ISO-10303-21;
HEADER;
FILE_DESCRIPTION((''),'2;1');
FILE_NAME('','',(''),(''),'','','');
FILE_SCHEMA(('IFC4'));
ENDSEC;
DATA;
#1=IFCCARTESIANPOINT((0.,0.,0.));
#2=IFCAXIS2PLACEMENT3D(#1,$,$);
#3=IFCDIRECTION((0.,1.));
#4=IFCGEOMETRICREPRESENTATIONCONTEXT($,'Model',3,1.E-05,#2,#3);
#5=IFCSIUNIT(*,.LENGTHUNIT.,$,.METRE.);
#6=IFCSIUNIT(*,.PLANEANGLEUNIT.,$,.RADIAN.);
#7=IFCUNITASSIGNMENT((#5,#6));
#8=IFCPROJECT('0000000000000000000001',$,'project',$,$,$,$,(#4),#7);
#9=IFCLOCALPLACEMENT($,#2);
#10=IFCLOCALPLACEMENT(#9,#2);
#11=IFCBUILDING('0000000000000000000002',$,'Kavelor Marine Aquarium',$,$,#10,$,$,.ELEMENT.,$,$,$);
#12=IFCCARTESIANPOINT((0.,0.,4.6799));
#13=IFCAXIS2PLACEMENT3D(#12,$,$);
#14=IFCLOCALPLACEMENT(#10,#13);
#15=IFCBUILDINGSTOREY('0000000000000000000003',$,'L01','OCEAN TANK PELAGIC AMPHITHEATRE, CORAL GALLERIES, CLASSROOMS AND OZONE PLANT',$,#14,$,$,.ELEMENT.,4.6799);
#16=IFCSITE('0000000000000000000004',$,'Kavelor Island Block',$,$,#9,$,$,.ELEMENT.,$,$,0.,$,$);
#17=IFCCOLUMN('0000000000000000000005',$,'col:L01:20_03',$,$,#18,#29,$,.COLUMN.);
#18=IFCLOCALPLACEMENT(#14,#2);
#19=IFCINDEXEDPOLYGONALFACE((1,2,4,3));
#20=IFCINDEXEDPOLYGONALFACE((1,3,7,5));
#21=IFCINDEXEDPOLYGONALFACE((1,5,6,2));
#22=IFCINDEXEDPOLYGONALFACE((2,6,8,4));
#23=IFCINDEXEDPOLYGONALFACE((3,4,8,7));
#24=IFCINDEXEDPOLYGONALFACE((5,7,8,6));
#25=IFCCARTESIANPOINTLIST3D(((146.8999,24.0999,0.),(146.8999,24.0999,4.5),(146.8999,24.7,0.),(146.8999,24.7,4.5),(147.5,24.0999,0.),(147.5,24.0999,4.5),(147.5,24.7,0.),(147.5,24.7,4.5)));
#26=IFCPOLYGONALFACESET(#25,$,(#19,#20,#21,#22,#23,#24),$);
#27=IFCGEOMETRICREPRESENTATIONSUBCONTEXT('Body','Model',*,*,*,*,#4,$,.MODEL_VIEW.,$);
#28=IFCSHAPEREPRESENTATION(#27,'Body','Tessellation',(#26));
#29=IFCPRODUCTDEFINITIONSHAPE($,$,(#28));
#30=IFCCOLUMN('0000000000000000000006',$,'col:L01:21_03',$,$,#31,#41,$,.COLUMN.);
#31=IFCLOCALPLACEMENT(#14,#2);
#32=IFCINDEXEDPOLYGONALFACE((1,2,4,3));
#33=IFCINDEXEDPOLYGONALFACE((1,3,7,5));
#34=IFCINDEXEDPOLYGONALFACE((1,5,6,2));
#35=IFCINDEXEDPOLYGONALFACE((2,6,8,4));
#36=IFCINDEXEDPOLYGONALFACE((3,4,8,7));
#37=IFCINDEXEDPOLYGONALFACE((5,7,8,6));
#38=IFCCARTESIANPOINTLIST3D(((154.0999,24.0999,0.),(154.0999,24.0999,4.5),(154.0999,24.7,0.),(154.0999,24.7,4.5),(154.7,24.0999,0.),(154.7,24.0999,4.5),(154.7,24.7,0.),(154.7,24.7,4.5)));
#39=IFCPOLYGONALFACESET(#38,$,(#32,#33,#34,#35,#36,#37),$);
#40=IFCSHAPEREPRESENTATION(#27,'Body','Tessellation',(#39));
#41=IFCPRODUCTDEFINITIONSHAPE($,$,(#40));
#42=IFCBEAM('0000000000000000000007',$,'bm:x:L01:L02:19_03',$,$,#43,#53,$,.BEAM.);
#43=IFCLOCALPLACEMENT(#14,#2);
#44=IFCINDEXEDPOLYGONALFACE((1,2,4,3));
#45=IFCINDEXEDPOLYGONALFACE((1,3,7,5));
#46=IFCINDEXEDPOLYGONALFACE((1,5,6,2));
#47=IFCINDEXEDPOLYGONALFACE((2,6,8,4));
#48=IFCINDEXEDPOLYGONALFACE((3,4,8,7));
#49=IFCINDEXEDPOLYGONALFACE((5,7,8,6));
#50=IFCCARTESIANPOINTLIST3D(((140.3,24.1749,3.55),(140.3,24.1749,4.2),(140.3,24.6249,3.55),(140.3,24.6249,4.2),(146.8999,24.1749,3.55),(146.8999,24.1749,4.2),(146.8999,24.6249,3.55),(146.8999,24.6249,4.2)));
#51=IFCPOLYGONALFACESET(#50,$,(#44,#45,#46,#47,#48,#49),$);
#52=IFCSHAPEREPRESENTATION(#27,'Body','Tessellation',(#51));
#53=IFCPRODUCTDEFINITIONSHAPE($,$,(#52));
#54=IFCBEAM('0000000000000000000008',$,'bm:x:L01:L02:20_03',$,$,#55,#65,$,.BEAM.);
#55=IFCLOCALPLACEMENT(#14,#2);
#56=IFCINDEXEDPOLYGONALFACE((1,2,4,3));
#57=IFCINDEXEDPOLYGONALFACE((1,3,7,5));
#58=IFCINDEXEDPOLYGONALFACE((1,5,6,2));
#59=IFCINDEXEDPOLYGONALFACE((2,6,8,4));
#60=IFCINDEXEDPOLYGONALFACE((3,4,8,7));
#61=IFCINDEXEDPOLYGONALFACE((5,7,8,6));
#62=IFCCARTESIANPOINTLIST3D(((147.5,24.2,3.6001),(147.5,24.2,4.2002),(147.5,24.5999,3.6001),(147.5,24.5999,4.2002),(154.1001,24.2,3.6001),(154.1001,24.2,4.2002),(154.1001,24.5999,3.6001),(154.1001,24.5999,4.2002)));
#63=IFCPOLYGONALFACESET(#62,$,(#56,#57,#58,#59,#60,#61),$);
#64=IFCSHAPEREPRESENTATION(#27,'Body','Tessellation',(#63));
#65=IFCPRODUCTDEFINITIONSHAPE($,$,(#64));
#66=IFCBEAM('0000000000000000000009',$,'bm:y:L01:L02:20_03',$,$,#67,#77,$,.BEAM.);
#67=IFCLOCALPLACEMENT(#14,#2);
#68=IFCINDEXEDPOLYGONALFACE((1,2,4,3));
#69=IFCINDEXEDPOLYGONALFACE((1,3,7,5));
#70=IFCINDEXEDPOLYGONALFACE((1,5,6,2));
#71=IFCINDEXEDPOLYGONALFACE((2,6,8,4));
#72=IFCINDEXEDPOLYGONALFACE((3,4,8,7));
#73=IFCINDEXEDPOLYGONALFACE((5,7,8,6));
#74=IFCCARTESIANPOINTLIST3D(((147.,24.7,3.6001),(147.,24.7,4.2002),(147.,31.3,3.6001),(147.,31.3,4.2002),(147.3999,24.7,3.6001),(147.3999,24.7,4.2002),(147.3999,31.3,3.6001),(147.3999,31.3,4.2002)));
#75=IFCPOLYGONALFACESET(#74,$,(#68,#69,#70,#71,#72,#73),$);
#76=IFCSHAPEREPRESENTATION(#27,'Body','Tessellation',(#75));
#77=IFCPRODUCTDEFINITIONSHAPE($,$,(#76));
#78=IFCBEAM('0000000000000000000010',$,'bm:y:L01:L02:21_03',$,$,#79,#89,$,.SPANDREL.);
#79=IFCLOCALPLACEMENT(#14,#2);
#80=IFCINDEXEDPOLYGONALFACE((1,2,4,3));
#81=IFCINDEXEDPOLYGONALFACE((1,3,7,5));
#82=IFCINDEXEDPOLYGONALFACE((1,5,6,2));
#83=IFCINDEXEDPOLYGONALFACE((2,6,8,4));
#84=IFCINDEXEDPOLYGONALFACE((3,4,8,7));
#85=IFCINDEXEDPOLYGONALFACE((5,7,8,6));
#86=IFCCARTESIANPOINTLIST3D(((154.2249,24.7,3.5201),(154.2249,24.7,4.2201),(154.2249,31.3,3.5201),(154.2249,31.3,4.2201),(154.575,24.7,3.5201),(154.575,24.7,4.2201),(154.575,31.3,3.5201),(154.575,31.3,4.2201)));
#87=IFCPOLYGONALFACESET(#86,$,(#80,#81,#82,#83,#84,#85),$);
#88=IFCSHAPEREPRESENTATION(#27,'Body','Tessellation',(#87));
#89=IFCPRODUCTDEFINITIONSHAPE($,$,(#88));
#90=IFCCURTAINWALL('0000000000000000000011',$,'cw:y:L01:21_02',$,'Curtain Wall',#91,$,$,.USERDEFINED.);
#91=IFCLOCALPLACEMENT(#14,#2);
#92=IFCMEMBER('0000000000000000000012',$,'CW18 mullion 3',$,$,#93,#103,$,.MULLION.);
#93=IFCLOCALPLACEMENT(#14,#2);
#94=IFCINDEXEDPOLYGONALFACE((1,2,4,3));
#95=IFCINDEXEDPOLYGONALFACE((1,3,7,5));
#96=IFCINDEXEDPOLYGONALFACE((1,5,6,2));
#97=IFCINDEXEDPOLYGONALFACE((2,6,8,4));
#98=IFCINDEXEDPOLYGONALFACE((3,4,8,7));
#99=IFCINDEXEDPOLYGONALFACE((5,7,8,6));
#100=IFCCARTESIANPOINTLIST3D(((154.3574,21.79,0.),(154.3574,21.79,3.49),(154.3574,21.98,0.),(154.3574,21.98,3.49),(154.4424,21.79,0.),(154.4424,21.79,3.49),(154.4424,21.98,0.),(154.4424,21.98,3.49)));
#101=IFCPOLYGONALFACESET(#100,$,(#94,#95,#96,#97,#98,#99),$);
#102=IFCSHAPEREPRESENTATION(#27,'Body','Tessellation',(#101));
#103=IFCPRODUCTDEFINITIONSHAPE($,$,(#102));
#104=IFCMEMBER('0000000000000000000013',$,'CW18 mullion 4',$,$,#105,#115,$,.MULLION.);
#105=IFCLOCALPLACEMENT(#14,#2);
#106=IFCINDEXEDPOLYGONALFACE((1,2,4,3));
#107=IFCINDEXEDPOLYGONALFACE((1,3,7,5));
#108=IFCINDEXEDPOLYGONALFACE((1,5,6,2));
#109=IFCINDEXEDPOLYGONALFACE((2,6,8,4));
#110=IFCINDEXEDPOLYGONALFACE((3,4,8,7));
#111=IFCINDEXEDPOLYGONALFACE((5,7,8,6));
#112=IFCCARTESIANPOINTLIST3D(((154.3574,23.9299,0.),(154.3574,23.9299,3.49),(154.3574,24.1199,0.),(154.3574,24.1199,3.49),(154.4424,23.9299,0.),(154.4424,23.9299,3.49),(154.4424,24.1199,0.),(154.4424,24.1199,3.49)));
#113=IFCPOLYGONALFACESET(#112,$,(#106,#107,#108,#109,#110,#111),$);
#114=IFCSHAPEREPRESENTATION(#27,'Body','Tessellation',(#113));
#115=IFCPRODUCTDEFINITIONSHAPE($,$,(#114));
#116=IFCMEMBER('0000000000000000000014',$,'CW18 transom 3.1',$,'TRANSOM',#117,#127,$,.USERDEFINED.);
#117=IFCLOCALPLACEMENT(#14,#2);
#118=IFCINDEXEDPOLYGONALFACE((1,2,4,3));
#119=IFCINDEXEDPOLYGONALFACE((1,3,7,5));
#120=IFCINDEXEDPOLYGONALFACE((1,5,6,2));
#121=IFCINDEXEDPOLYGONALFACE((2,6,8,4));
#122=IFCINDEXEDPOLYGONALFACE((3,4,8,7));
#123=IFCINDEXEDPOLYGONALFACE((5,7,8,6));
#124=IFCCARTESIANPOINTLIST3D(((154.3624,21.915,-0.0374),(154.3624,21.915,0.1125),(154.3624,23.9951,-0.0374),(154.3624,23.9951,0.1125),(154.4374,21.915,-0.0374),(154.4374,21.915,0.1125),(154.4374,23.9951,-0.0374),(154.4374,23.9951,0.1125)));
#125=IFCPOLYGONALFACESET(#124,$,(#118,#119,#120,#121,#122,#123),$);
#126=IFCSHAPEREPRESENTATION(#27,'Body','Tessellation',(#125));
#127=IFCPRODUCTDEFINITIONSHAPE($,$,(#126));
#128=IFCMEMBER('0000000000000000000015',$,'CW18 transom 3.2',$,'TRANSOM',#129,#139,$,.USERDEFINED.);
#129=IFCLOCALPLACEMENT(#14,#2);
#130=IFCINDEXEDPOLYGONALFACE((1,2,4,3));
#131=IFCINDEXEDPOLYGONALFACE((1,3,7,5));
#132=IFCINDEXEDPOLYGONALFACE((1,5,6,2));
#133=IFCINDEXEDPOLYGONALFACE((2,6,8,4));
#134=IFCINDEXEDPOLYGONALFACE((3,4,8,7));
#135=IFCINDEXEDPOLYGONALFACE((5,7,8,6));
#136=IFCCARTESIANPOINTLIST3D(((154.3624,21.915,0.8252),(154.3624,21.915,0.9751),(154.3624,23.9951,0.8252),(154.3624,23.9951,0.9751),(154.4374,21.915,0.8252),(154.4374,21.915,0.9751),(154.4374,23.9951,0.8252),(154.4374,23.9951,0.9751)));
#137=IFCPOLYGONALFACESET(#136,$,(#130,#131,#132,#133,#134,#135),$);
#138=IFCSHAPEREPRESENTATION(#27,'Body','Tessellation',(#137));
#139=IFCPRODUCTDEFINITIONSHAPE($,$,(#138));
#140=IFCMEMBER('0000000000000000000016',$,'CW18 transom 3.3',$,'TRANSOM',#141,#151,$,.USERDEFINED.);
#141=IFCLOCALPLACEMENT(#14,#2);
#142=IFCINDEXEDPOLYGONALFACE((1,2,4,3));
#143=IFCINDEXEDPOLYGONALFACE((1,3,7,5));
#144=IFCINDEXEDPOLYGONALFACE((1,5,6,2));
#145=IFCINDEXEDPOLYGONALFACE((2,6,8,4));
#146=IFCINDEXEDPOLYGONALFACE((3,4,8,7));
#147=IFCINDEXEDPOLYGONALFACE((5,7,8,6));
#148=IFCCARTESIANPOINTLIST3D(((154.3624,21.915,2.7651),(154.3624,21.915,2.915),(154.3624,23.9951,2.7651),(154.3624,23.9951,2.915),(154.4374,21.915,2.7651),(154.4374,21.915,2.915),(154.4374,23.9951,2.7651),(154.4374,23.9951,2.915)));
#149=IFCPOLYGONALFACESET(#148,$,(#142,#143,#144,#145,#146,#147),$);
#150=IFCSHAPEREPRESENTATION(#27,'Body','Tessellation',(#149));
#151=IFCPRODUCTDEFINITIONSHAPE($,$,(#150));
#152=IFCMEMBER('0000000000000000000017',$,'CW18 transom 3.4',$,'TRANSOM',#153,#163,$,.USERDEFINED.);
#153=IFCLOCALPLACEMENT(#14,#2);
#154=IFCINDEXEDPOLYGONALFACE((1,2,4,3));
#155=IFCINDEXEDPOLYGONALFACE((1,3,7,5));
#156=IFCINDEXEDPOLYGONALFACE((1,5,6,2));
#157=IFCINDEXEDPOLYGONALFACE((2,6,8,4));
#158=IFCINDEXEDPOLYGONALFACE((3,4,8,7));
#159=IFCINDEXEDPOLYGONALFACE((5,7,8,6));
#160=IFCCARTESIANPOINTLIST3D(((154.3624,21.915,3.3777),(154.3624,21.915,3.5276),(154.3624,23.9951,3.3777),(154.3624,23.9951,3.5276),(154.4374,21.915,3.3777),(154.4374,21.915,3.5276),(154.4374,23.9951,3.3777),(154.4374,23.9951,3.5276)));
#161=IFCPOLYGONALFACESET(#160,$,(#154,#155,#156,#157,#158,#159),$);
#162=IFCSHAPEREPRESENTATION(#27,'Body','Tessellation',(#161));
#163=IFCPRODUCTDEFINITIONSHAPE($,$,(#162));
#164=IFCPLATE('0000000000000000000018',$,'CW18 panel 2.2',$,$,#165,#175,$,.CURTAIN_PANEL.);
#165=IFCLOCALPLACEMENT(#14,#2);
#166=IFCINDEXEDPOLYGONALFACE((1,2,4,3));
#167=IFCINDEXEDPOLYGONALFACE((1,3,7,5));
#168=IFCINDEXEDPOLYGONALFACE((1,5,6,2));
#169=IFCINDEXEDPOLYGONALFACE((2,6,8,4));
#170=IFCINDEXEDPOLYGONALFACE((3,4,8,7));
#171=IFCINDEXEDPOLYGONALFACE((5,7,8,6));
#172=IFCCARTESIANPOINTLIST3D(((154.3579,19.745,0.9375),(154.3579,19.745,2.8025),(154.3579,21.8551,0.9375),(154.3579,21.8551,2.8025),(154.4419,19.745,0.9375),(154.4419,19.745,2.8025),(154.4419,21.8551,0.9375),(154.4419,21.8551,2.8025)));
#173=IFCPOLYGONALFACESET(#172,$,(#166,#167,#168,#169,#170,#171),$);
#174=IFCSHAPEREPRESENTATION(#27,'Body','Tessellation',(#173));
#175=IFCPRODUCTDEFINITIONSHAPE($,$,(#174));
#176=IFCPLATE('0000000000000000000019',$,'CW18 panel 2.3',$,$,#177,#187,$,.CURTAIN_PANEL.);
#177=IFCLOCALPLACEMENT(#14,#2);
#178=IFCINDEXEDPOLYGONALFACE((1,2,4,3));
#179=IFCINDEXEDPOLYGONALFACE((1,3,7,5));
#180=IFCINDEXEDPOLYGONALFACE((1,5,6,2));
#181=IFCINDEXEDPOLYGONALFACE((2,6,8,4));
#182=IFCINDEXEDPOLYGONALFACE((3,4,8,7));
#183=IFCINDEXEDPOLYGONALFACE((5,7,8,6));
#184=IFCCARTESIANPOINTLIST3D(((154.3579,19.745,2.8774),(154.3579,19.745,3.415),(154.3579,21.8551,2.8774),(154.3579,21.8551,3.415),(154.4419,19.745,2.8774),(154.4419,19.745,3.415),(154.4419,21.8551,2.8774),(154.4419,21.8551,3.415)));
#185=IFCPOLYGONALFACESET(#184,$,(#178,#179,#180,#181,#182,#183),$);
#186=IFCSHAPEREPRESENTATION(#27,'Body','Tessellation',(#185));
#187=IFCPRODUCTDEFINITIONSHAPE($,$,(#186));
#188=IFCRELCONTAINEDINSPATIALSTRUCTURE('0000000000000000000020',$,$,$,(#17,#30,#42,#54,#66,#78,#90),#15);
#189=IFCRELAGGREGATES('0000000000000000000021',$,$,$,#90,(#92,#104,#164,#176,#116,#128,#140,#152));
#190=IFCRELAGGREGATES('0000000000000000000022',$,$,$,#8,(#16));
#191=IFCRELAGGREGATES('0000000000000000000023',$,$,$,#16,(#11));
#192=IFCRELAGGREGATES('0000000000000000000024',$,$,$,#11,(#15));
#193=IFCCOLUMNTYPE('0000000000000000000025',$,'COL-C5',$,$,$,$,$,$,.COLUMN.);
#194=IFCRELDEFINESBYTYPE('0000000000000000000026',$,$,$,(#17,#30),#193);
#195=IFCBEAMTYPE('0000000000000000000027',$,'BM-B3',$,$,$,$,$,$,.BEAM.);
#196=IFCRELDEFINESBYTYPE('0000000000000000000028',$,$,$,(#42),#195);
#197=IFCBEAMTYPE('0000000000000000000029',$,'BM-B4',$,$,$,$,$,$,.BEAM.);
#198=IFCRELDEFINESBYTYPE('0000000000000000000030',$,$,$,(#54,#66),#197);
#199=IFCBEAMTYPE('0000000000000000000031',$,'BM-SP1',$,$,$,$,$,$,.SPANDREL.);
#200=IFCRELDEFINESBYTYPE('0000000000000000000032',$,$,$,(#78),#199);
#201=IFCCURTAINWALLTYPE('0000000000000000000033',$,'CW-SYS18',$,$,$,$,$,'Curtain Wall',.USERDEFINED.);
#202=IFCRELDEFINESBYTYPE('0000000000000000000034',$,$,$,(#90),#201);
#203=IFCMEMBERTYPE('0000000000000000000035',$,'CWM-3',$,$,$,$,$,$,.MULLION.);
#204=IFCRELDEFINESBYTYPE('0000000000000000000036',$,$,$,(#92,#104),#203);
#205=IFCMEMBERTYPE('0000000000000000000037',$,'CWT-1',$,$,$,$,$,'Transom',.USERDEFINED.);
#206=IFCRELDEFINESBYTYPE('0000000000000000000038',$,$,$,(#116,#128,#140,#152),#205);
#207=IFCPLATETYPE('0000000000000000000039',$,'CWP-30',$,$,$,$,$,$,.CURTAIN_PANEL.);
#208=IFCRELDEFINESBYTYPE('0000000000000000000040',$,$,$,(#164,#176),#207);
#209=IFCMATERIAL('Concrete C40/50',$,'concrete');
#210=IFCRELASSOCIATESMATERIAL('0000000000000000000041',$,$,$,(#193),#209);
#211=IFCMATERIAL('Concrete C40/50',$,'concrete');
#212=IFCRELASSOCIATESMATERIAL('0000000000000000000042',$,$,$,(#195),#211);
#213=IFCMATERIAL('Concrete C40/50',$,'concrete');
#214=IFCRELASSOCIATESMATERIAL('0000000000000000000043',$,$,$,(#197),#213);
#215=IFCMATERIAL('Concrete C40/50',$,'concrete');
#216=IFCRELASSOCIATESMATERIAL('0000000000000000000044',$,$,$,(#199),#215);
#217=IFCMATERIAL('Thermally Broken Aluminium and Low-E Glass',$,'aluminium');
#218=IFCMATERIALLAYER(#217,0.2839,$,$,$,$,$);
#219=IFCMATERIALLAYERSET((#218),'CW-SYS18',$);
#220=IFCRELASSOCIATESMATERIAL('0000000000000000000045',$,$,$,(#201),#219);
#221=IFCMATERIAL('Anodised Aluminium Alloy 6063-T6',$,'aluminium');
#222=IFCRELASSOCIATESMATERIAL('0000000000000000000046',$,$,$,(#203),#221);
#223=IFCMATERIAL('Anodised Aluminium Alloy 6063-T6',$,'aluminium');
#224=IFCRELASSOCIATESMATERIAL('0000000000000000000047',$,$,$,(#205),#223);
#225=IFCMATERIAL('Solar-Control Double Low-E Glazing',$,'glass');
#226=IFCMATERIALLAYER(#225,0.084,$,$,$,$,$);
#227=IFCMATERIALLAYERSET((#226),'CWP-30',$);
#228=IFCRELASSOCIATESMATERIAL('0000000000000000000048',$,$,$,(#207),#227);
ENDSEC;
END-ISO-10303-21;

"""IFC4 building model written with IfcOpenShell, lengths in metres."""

from ifc_helpers import new_model, si_unit, direction, frame, origin, origin_2d, place, context, subcontext, project, spatial, rectangle, extrude, material, layer, layer_set, material_profile, profile_set, type_object, element, aggregate, save


model = new_model("IFC4")

# Units and contexts
model_context = context("Model", 3, precision=1e-05, world=origin(), true_north=direction((0.0, 1.0)))
body_context = subcontext(model_context, "Body", "Model", "MODEL_VIEW")
ifc_project = project(units=[si_unit("LENGTHUNIT", "METRE"), si_unit("PLANEANGLEUNIT", "RADIAN")], contexts=[model_context])

# Site, building, storey
site_placement = place(None, origin())
site = spatial("IfcSite", under=ifc_project, at=site_placement, Name="Kavelor Island Block", CompositionType="ELEMENT", RefElevation=0.0)
building_placement = place(site_placement, origin())
building = spatial("IfcBuilding", under=site, at=building_placement, Name="Kavelor Marine Aquarium", CompositionType="ELEMENT")
storey_placement = place(building_placement, frame((0.0, 0.0, 4.6799)))
storey = spatial("IfcBuildingStorey", under=building, at=storey_placement, Name="L01", Description="OCEAN TANK PELAGIC AMPHITHEATRE, CORAL GALLERIES, CLASSROOMS AND OZONE PLANT", CompositionType="ELEMENT", Elevation=4.6799)

# Columns
ifc_material_1 = material(Name="Concrete C40/50", Category="concrete")
ifc_material_profile_1 = material_profile(ifc_material_1, rectangle(XDim=0.6001, YDim=0.6001, at=origin_2d()), Name="RC-COL 600x600")
ifc_profile_set_1 = profile_set([ifc_material_profile_1], Name="Concrete C40/50")
column_type = type_object("IfcColumnType", Name="COL-C5", PredefinedType="COLUMN", material=ifc_profile_set_1)
for number, where, z_axis, x_axis, name in (
    (1, (147.2, 24.3999, 0.0), (0.0, 0.0, 1.0), (1.0, 0.0, 0.0), "col:L01:20_03"),
    (2, (154.3999, 24.3999, 0.0), (0.0, 0.0, 1.0), (1.0, 0.0, 0.0), "col:L01:21_03"),
):
    element("IfcColumn", number, at=place(storey_placement, frame(where, z_axis=z_axis, x_axis=x_axis)), inside=storey, type_object=column_type, Name=name, PredefinedType="COLUMN", context=body_context, shape_type="SweptSolid", body=[
        extrude(rectangle(XDim=0.6001, YDim=0.6001, at=origin_2d()), origin(), (0.0, 0.0, 1.0), 4.5),
    ])

# Beams
ifc_material_2 = material(Name="Concrete C40/50", Category="concrete")
ifc_material_profile_2 = material_profile(ifc_material_2, rectangle(XDim=0.45, YDim=0.6499, at=origin_2d()), Name="RC-BM 450x650")
ifc_profile_set_2 = profile_set([ifc_material_profile_2], Name="Concrete C40/50")
beam_type_1 = type_object("IfcBeamType", Name="BM-B3", PredefinedType="BEAM", material=ifc_profile_set_2)
beam_1_placement = place(storey_placement, frame((140.3, 24.3999, 3.875), z_axis=(1.0, 0.0, 0.0), x_axis=(0.0, 1.0, 0.0)))
element("IfcBeam", 3, at=beam_1_placement, inside=storey, type_object=beam_type_1, Name="bm:x:L01:L02:19_03", PredefinedType="BEAM", context=body_context, shape_type="SweptSolid", body=[
    extrude(rectangle(XDim=0.45, YDim=0.6499, at=origin_2d()), origin(), (0.0, 0.0, 1.0), 6.5999),
])
ifc_material_3 = material(Name="Concrete C40/50", Category="concrete")
ifc_material_profile_3 = material_profile(ifc_material_3, rectangle(XDim=0.3999, YDim=0.6001, at=origin_2d()), Name="RC-BM 400x600")
ifc_profile_set_3 = profile_set([ifc_material_profile_3], Name="Concrete C40/50")
beam_type_2 = type_object("IfcBeamType", Name="BM-B4", PredefinedType="BEAM", material=ifc_profile_set_3)
for number, where, z_axis, x_axis, name in (
    (4, (147.5, 24.3999, 3.9001), (1.0, 0.0, 0.0), (0.0, 1.0, 0.0), "bm:x:L01:L02:20_03"),
    (5, (147.2, 24.7, 3.9001), (0.0, 1.0, 0.0), (-1.0, 0.0, 0.0), "bm:y:L01:L02:20_03"),
):
    element("IfcBeam", number, at=place(storey_placement, frame(where, z_axis=z_axis, x_axis=x_axis)), inside=storey, type_object=beam_type_2, Name=name, PredefinedType="BEAM", context=body_context, shape_type="SweptSolid", body=[
        extrude(rectangle(XDim=0.3999, YDim=0.6001, at=origin_2d()), origin(), (0.0, 0.0, 1.0), 6.6001),
    ])
ifc_material_4 = material(Name="Concrete C40/50", Category="concrete")
ifc_material_profile_4 = material_profile(ifc_material_4, rectangle(XDim=0.3501, YDim=0.7, at=origin_2d()), Name="RC-SP 350x700")
ifc_profile_set_4 = profile_set([ifc_material_profile_4], Name="Concrete C40/50")
beam_type_3 = type_object("IfcBeamType", Name="BM-SP1", PredefinedType="SPANDREL", material=ifc_profile_set_4)
beam_2_placement = place(storey_placement, frame((154.3999, 24.7, 3.8701), z_axis=(0.0, 1.0, 0.0), x_axis=(-1.0, 0.0, 0.0)))
element("IfcBeam", 6, at=beam_2_placement, inside=storey, type_object=beam_type_3, Name="bm:y:L01:L02:21_03", PredefinedType="SPANDREL", context=body_context, shape_type="SweptSolid", body=[
    extrude(rectangle(XDim=0.3501, YDim=0.7, at=origin_2d()), origin(), (0.0, 0.0, 1.0), 6.6001),
])

# Curtain wall, members, plates
ifc_material_5 = material(Name="Thermally Broken Aluminium and Low-E Glass", Category="aluminium")
ifc_layer_1 = layer(ifc_material_5, 0.2839)
ifc_layer_set_1 = layer_set([ifc_layer_1], Name="CW-SYS18")
curtain_wall_type = type_object("IfcCurtainWallType", Name="CW-SYS18", ElementType="Curtain Wall", PredefinedType="USERDEFINED", material=ifc_layer_set_1)
curtain_wall_placement = place(storey_placement, origin())
curtain_wall = element("IfcCurtainWall", 7, at=curtain_wall_placement, inside=storey, type_object=curtain_wall_type, Name="cw:y:L01:21_02", ObjectType="Curtain Wall", PredefinedType="USERDEFINED")
ifc_material_6 = material(Name="Anodised Aluminium Alloy 6063-T6", Category="aluminium")
ifc_material_profile_5 = material_profile(ifc_material_6, rectangle(XDim=0.085, YDim=0.1899, at=origin_2d()), Name="CW-MUL 85x190")
ifc_profile_set_5 = profile_set([ifc_material_profile_5], Name="Anodised Aluminium Alloy 6063-T6")
member_type_1 = type_object("IfcMemberType", Name="CWM-3", PredefinedType="MULLION", material=ifc_profile_set_5)
member_1_placement = place(storey_placement, frame((154.3999, 21.885, 0.0), z_axis=(0.0, 0.0, 1.0), x_axis=(-1.0, 0.0, 0.0)))
member_1 = element("IfcMember", 8, at=member_1_placement, type_object=member_type_1, Name="CW18 mullion 3", PredefinedType="MULLION", context=body_context, shape_type="SweptSolid", body=[
    extrude(rectangle(XDim=0.085, YDim=0.1899, at=origin_2d()), origin(), (0.0, 0.0, 1.0), 3.49),
])
member_2_placement = place(storey_placement, frame((154.3999, 24.0249, 0.0), z_axis=(0.0, 0.0, 1.0), x_axis=(-1.0, 0.0, 0.0)))
member_2 = element("IfcMember", 9, at=member_2_placement, type_object=member_type_1, Name="CW18 mullion 4", PredefinedType="MULLION", context=body_context, shape_type="SweptSolid", body=[
    extrude(rectangle(XDim=0.085, YDim=0.1899, at=origin_2d()), origin(), (0.0, 0.0, 1.0), 3.49),
])
ifc_material_7 = material(Name="Anodised Aluminium Alloy 6063-T6", Category="aluminium")
ifc_material_profile_6 = material_profile(ifc_material_7, rectangle(XDim=0.075, YDim=0.1499, at=origin_2d()), Name="CW-TRN 75x150")
ifc_profile_set_6 = profile_set([ifc_material_profile_6], Name="Anodised Aluminium Alloy 6063-T6")
member_type_2 = type_object("IfcMemberType", Name="CWT-1", ElementType="Transom", PredefinedType="USERDEFINED", material=ifc_profile_set_6)
member_3_placement = place(storey_placement, frame((154.3999, 21.915, 0.0376), z_axis=(0.0, 1.0, 0.0), x_axis=(-1.0, 0.0, 0.0)))
member_3 = element("IfcMember", 10, at=member_3_placement, type_object=member_type_2, Name="CW18 transom 3.1", ObjectType="TRANSOM", PredefinedType="USERDEFINED", context=body_context, shape_type="SweptSolid", body=[
    extrude(rectangle(XDim=0.075, YDim=0.1499, at=origin_2d()), origin(), (0.0, 0.0, 1.0), 2.0801),
])
member_4_placement = place(storey_placement, frame((154.3999, 21.915, 0.9001), z_axis=(0.0, 1.0, 0.0), x_axis=(-1.0, 0.0, 0.0)))
member_4 = element("IfcMember", 11, at=member_4_placement, type_object=member_type_2, Name="CW18 transom 3.2", ObjectType="TRANSOM", PredefinedType="USERDEFINED", context=body_context, shape_type="SweptSolid", body=[
    extrude(rectangle(XDim=0.075, YDim=0.1499, at=origin_2d()), origin(), (0.0, 0.0, 1.0), 2.0801),
])
member_5_placement = place(storey_placement, frame((154.3999, 21.915, 2.8401), z_axis=(0.0, 1.0, 0.0), x_axis=(-1.0, 0.0, 0.0)))
member_5 = element("IfcMember", 12, at=member_5_placement, type_object=member_type_2, Name="CW18 transom 3.3", ObjectType="TRANSOM", PredefinedType="USERDEFINED", context=body_context, shape_type="SweptSolid", body=[
    extrude(rectangle(XDim=0.075, YDim=0.1499, at=origin_2d()), origin(), (0.0, 0.0, 1.0), 2.0801),
])
member_6_placement = place(storey_placement, frame((154.3999, 21.915, 3.4526), z_axis=(0.0, 1.0, 0.0), x_axis=(-1.0, 0.0, 0.0)))
member_6 = element("IfcMember", 13, at=member_6_placement, type_object=member_type_2, Name="CW18 transom 3.4", ObjectType="TRANSOM", PredefinedType="USERDEFINED", context=body_context, shape_type="SweptSolid", body=[
    extrude(rectangle(XDim=0.075, YDim=0.1499, at=origin_2d()), origin(), (0.0, 0.0, 1.0), 2.0801),
])
ifc_material_8 = material(Name="Solar-Control Double Low-E Glazing", Category="glass")
ifc_layer_2 = layer(ifc_material_8, 0.084)
ifc_layer_set_2 = layer_set([ifc_layer_2], Name="CWP-30")
plate_type = type_object("IfcPlateType", Name="CWP-30", PredefinedType="CURTAIN_PANEL", material=ifc_layer_set_2)
plate_1_placement = place(storey_placement, frame((154.3999, 20.8, 0.9375), z_axis=(0.0, 0.0, 1.0), x_axis=(0.0, 1.0, 0.0)))
plate_1 = element("IfcPlate", 14, at=plate_1_placement, type_object=plate_type, Name="CW18 panel 2.2", PredefinedType="CURTAIN_PANEL", context=body_context, shape_type="SweptSolid", body=[
    extrude(rectangle(XDim=2.1101, YDim=0.084, at=origin_2d()), origin(), (0.0, 0.0, 1.0), 1.865),
])
plate_2_placement = place(storey_placement, frame((154.3999, 20.8, 2.8774), z_axis=(0.0, 0.0, 1.0), x_axis=(0.0, 1.0, 0.0)))
plate_2 = element("IfcPlate", 15, at=plate_2_placement, type_object=plate_type, Name="CW18 panel 2.3", PredefinedType="CURTAIN_PANEL", context=body_context, shape_type="SweptSolid", body=[
    extrude(rectangle(XDim=2.1101, YDim=0.084, at=origin_2d()), origin(), (0.0, 0.0, 1.0), 0.5376),
])
aggregate(curtain_wall, [member_1, member_2, plate_1, plate_2, member_3, member_4, member_5, member_6])

save(model, "model.ifc")
